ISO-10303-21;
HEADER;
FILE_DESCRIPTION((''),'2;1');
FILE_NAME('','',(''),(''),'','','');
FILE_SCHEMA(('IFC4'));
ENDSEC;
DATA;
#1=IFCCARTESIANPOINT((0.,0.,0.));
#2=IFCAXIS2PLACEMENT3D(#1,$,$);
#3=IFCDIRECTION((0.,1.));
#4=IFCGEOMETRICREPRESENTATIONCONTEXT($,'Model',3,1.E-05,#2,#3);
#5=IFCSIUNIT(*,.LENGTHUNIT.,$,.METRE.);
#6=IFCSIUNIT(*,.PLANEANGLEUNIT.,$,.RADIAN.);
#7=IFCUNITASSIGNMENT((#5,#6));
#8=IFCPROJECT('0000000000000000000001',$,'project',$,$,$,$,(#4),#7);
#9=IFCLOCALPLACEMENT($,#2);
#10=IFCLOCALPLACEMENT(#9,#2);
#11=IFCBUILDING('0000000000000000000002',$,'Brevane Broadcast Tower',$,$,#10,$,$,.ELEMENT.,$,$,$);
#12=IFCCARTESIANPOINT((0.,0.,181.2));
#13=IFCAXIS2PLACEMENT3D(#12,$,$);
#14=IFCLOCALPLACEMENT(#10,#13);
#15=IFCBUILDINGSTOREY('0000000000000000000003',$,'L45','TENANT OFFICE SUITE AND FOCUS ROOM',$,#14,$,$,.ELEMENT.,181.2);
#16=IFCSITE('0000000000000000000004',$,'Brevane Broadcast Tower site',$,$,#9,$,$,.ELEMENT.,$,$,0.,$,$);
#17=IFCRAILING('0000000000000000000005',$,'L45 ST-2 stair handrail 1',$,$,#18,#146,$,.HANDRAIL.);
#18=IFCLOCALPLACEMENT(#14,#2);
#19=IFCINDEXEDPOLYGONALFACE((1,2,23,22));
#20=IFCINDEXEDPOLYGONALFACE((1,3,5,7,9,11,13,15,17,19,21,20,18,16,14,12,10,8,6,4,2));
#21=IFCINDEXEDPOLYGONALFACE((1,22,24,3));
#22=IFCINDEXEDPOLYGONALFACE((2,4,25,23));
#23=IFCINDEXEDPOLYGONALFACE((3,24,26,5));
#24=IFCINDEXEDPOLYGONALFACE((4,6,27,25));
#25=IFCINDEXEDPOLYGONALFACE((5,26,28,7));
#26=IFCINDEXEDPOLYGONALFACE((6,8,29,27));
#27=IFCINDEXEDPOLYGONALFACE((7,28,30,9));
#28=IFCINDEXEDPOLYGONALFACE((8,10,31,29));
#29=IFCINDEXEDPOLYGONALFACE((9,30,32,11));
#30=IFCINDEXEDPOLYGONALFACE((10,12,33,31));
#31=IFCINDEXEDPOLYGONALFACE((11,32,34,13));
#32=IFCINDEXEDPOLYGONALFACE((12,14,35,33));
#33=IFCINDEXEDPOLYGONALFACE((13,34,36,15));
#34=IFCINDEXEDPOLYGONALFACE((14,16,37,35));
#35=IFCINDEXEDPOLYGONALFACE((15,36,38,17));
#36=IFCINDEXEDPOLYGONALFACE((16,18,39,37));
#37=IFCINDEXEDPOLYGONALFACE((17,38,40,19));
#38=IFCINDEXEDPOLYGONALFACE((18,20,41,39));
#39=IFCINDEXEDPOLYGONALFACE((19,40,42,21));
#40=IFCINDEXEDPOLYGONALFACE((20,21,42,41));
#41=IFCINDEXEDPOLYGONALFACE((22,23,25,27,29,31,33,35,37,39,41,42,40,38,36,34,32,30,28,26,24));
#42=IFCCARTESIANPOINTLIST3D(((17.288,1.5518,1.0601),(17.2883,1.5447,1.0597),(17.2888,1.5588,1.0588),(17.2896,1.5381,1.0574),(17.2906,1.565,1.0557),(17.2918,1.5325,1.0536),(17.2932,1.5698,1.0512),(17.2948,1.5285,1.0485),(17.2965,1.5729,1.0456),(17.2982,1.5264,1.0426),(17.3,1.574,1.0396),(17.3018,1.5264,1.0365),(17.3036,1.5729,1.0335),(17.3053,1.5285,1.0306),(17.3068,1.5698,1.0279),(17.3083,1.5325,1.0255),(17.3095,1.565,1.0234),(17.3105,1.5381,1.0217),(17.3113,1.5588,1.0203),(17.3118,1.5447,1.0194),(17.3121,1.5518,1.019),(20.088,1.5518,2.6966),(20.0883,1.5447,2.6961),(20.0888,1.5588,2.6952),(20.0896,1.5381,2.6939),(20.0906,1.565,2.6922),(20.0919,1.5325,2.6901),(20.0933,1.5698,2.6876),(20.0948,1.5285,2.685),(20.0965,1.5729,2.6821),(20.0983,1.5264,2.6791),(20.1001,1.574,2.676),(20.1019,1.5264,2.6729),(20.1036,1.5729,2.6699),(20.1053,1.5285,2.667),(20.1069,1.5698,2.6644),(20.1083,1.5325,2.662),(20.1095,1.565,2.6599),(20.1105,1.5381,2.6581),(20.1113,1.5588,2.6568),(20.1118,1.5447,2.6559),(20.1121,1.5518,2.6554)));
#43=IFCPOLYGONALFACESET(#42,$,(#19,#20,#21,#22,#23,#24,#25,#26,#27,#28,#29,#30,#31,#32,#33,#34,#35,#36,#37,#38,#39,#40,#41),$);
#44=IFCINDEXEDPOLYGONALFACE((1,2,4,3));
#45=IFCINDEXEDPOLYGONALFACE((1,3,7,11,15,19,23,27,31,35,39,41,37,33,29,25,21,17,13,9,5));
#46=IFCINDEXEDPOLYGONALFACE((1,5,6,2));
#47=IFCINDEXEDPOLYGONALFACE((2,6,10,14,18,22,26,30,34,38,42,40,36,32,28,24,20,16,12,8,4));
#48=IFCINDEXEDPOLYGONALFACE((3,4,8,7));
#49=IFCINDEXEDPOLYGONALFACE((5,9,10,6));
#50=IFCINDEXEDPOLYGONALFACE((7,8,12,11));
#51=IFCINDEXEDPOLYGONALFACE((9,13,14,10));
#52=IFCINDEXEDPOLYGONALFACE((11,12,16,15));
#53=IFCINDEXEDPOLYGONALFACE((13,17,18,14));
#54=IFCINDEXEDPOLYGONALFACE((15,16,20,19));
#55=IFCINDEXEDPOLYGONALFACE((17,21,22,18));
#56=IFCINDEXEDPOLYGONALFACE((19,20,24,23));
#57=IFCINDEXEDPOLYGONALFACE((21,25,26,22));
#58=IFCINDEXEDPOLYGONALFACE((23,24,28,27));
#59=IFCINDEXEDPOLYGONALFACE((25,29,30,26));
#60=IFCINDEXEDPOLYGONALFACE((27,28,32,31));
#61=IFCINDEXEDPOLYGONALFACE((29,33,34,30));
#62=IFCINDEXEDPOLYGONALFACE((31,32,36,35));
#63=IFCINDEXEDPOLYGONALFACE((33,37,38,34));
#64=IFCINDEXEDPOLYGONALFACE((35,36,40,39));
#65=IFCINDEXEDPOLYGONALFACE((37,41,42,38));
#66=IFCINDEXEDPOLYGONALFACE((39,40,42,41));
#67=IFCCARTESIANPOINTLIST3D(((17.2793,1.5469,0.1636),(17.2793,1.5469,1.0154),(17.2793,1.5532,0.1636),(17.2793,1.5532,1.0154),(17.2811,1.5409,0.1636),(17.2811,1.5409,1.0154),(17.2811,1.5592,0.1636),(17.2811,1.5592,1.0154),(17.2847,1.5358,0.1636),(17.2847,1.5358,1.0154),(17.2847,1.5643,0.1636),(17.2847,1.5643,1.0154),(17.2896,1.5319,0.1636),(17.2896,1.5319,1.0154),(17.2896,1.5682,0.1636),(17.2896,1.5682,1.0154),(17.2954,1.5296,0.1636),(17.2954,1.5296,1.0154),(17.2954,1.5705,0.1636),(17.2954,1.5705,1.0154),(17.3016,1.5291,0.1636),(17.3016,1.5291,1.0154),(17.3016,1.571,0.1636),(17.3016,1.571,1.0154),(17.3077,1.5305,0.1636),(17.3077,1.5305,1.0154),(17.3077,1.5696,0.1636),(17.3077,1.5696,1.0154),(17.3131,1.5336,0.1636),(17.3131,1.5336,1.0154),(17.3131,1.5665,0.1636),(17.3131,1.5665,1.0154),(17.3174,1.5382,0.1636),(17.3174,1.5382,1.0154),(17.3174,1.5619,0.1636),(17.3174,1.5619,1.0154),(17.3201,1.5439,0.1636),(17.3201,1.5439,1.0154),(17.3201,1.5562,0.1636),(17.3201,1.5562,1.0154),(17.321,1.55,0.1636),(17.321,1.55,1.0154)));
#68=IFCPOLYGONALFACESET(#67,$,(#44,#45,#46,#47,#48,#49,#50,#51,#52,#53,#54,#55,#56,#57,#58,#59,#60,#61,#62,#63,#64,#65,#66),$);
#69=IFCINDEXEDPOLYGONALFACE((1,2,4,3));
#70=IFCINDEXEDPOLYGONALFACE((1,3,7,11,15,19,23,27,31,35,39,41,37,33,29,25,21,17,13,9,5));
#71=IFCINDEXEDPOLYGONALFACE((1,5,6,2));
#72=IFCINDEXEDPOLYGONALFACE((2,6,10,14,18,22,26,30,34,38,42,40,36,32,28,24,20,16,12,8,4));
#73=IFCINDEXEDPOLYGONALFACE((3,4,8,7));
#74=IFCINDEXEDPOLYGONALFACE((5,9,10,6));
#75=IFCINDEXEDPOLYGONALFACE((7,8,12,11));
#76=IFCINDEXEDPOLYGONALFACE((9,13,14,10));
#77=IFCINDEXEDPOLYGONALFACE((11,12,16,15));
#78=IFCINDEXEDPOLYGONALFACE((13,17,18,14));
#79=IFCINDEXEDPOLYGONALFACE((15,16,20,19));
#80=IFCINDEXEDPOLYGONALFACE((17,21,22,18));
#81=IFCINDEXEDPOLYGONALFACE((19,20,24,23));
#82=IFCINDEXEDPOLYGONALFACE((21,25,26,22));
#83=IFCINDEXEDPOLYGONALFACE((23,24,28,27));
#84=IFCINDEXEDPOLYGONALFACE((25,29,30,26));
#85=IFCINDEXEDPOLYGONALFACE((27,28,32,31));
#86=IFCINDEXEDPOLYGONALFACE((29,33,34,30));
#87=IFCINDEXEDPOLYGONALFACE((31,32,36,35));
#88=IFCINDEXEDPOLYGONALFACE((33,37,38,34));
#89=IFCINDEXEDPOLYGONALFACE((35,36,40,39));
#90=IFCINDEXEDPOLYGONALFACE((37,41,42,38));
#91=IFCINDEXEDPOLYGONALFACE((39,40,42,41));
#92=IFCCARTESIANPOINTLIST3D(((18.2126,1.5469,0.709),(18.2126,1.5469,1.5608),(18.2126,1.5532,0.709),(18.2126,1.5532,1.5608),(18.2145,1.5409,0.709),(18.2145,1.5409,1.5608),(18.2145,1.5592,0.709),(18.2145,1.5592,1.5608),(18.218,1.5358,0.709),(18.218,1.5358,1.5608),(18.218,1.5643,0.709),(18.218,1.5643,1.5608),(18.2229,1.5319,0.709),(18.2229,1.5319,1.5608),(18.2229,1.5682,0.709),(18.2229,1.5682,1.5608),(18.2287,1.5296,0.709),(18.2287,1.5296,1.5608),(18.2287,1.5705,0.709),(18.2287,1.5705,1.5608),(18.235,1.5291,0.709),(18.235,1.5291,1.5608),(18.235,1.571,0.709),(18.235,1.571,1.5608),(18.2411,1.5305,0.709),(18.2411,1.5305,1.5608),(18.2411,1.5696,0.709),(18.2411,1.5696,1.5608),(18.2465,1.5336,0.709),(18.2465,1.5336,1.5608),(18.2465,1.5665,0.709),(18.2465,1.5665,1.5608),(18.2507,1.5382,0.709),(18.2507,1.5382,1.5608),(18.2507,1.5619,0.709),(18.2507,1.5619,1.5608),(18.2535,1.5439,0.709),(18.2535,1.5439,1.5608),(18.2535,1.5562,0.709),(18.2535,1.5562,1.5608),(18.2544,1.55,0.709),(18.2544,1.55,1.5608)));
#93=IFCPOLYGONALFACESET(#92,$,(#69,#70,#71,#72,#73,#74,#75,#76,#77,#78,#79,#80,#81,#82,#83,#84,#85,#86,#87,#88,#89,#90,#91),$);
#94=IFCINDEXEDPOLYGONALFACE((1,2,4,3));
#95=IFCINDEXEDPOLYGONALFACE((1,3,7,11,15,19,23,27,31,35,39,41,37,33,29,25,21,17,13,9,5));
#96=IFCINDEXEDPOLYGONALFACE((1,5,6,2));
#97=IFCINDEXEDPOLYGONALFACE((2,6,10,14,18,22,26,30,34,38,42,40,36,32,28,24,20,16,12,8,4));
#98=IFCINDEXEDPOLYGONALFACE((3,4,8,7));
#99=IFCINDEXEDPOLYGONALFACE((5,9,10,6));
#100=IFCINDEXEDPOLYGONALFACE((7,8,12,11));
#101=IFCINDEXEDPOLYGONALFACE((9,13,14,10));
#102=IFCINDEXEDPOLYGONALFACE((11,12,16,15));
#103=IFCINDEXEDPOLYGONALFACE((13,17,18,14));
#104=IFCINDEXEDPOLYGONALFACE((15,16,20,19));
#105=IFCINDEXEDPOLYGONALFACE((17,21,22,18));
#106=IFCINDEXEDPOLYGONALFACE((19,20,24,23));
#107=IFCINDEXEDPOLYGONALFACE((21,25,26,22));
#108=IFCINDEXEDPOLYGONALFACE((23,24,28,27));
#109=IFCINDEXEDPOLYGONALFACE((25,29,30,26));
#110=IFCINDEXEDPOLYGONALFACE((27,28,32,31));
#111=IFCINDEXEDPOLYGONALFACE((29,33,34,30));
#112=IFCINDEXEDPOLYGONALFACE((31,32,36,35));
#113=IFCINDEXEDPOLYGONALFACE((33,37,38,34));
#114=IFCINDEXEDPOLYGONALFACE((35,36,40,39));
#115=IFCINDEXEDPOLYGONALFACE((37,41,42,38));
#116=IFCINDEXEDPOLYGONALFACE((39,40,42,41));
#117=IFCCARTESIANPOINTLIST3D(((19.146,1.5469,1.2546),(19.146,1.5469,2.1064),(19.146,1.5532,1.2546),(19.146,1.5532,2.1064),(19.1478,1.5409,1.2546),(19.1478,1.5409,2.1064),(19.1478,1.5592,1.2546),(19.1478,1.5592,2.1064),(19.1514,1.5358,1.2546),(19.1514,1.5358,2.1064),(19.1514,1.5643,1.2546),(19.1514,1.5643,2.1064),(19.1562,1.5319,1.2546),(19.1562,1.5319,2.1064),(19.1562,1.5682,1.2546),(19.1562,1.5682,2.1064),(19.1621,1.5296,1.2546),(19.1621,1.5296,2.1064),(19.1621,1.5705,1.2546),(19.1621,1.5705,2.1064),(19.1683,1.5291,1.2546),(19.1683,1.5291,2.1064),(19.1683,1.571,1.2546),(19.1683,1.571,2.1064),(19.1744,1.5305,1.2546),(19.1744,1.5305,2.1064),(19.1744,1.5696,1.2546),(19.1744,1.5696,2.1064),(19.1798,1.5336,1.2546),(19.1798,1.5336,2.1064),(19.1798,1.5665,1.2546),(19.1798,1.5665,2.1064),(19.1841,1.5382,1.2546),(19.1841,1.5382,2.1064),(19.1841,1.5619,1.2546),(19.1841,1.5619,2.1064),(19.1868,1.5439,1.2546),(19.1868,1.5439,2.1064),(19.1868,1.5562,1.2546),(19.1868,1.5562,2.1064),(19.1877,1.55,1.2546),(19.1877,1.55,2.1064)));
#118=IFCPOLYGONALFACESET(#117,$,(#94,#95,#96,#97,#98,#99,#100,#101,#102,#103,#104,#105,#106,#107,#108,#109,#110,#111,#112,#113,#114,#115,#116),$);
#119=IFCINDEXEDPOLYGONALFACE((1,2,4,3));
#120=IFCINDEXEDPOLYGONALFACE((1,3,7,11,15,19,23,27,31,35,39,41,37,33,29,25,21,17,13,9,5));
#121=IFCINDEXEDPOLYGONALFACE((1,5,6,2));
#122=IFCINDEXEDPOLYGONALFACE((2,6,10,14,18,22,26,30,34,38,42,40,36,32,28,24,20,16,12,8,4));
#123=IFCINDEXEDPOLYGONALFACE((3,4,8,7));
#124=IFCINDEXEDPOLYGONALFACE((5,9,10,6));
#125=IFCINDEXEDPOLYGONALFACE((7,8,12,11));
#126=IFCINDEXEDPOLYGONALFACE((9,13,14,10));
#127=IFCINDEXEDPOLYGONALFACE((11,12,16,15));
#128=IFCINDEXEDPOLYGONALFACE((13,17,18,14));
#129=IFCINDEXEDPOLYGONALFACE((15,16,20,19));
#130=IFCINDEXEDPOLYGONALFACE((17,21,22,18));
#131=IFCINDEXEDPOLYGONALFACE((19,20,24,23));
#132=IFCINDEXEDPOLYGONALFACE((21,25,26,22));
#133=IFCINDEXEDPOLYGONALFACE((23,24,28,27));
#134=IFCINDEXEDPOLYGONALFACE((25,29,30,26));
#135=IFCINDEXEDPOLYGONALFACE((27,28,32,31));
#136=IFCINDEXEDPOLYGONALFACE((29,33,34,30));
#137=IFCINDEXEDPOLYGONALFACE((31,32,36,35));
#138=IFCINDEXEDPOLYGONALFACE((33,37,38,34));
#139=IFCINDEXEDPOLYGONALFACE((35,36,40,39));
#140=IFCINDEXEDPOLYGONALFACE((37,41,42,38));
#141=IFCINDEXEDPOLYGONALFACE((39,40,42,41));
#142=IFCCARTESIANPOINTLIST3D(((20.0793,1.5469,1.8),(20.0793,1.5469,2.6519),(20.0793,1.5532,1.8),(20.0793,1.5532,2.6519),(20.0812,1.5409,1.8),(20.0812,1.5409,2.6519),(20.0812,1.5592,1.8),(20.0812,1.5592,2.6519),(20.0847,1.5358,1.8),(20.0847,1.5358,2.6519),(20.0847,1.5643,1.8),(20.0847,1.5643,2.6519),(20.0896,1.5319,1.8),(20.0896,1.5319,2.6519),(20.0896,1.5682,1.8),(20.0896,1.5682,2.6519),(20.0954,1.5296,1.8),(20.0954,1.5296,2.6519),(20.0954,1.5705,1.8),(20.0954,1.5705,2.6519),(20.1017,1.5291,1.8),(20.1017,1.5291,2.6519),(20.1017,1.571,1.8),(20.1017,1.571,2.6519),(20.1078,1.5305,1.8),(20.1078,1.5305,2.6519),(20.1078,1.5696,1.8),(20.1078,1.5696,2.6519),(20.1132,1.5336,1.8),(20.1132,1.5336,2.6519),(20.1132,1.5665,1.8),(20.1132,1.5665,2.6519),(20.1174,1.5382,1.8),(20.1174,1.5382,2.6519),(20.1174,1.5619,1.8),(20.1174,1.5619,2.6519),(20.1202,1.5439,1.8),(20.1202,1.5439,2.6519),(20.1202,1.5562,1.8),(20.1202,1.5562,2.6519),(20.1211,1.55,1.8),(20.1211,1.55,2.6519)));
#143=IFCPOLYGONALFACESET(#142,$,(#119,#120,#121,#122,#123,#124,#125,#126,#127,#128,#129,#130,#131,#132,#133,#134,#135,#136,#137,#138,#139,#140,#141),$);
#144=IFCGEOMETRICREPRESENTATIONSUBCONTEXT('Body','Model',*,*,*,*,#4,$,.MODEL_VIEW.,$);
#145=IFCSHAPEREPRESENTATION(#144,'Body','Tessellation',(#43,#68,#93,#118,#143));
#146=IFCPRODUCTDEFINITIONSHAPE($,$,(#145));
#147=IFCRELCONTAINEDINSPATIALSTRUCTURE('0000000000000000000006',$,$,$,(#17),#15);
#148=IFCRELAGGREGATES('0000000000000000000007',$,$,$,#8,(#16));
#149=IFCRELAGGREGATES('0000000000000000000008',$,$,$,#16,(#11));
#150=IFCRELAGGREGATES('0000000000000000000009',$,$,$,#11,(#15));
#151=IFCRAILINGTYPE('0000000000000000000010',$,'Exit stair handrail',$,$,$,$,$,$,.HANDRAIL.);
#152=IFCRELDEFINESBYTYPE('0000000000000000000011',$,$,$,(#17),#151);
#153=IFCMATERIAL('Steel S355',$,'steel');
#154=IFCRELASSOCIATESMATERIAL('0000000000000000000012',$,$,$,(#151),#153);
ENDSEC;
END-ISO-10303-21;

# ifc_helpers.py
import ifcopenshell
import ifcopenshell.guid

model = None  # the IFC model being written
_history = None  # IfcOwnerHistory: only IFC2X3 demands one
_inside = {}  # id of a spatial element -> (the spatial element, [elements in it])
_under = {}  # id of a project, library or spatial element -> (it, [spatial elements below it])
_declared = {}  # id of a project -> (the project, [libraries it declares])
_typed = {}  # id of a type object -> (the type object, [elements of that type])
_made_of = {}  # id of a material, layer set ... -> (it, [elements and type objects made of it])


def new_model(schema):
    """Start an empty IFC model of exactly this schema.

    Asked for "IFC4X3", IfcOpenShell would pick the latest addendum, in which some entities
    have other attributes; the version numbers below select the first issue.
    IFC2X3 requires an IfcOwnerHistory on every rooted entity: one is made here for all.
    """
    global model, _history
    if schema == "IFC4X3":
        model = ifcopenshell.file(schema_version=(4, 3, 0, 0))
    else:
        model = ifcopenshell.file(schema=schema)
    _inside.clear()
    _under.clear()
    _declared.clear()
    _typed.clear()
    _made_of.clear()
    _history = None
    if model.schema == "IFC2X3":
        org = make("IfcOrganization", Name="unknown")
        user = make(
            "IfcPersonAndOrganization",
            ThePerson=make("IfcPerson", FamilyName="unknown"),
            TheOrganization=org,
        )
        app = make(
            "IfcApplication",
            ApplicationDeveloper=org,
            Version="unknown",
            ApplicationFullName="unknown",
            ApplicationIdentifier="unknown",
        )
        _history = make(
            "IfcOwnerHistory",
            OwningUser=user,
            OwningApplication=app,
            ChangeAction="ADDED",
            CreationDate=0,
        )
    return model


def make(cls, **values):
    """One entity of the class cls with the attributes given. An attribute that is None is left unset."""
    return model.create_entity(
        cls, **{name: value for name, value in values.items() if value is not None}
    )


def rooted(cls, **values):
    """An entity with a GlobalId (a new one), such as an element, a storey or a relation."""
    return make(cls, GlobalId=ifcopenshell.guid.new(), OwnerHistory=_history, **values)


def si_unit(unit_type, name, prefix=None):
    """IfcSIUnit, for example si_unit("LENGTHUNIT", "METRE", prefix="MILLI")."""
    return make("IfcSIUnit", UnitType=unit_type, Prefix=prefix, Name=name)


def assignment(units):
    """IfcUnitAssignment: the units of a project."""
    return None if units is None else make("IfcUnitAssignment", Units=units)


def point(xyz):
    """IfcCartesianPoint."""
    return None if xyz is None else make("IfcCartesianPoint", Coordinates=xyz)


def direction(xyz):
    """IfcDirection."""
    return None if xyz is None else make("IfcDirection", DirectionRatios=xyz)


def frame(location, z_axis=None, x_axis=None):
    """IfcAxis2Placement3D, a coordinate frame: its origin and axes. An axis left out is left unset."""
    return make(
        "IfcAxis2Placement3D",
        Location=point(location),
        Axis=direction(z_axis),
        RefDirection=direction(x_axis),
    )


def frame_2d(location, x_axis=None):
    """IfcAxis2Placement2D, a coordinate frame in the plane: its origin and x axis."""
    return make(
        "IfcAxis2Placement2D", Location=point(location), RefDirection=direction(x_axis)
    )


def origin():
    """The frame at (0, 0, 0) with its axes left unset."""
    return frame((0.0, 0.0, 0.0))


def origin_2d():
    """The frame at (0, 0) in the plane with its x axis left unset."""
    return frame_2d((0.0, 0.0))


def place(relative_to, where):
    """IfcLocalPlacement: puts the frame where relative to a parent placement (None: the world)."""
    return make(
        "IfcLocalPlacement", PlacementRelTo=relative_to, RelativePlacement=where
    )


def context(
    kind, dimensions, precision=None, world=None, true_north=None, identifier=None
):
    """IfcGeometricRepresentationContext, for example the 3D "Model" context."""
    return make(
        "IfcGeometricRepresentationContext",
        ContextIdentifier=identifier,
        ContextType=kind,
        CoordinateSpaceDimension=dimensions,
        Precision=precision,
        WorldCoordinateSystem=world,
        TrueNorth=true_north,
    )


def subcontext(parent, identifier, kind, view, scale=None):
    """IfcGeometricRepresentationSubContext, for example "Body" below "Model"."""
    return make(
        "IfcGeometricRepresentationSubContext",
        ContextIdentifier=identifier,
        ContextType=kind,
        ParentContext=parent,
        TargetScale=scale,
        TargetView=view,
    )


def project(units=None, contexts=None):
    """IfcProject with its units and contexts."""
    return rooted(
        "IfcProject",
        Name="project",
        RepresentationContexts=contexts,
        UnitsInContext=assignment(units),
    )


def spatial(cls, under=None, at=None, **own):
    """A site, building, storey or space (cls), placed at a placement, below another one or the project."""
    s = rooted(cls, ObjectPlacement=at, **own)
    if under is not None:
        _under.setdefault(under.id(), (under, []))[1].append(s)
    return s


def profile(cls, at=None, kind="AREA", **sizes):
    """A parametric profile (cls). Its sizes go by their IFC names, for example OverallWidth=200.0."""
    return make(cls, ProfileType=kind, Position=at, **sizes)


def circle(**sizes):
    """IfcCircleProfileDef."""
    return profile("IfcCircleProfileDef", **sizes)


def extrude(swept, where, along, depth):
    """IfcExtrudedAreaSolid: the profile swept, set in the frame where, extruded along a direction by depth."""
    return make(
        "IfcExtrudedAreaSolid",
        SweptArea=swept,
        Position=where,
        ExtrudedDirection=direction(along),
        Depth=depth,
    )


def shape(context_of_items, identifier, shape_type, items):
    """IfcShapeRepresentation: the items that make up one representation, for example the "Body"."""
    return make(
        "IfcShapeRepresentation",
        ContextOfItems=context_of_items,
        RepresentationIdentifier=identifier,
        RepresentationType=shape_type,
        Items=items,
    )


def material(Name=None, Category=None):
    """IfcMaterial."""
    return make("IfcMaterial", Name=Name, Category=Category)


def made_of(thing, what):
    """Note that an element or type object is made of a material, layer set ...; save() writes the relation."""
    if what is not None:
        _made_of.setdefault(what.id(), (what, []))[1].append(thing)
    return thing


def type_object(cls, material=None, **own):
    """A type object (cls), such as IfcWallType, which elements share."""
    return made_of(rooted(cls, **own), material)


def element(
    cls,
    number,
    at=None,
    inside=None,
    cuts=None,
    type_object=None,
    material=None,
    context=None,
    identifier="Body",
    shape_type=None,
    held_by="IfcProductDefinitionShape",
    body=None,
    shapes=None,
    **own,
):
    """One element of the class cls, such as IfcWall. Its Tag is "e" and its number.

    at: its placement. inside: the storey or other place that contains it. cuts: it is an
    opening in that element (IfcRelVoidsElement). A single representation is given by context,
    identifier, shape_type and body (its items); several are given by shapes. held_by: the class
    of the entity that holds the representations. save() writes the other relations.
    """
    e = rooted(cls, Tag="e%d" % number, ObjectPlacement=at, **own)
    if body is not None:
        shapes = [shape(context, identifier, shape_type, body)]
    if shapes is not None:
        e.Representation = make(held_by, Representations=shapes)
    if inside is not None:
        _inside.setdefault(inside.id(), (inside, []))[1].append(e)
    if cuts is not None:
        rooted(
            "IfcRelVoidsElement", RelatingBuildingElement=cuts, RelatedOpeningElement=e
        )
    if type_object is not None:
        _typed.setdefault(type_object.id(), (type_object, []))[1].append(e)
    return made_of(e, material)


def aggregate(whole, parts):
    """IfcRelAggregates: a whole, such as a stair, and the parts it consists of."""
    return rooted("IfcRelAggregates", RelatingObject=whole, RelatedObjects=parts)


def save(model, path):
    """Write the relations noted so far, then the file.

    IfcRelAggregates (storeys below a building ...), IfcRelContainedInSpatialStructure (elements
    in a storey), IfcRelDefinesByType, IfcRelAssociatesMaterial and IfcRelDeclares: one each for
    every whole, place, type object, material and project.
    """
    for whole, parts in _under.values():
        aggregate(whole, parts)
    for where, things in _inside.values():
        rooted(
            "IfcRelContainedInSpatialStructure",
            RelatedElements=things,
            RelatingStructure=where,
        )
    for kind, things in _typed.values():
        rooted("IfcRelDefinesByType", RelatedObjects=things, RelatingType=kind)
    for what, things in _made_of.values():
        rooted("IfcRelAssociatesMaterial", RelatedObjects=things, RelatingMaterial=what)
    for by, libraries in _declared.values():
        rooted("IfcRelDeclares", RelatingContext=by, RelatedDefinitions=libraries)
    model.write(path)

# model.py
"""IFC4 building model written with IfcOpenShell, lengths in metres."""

from ifc_helpers import new_model, si_unit, direction, frame, origin, origin_2d, place, context, subcontext, project, spatial, circle, extrude, material, type_object, element, save


model = new_model("IFC4")

# Units and contexts
model_context = context("Model", 3, precision=1e-05, world=origin(), true_north=direction((0.0, 1.0)))
body_context = subcontext(model_context, "Body", "Model", "MODEL_VIEW")
ifc_project = project(units=[si_unit("LENGTHUNIT", "METRE"), si_unit("PLANEANGLEUNIT", "RADIAN")], contexts=[model_context])

# Site, building, storey
site_placement = place(None, origin())
site = spatial("IfcSite", under=ifc_project, at=site_placement, Name="Brevane Broadcast Tower site", CompositionType="ELEMENT", RefElevation=0.0)
building_placement = place(site_placement, origin())
building = spatial("IfcBuilding", under=site, at=building_placement, Name="Brevane Broadcast Tower", CompositionType="ELEMENT")
storey_placement = place(building_placement, frame((0.0, 0.0, 181.2)))
storey = spatial("IfcBuildingStorey", under=building, at=storey_placement, Name="L45", Description="TENANT OFFICE SUITE AND FOCUS ROOM", CompositionType="ELEMENT", Elevation=181.2)

# Railing
ifc_material_1 = material(Name="Steel S355", Category="steel")
railing_type_1 = type_object("IfcRailingType", Name="Exit stair handrail", PredefinedType="HANDRAIL", material=ifc_material_1)
railing_1_placement = place(storey_placement, frame((17.3, 1.55, 0.1636)))
element("IfcRailing", 1, at=railing_1_placement, inside=storey, type_object=railing_type_1, Name="L45 ST-2 stair handrail 1", PredefinedType="HANDRAIL", context=body_context, shape_type="SweptSolid", body=[
    extrude(circle(Radius=0.0239, at=origin_2d()), frame((0.0, 0.0, 0.876), z_axis=(0.863361, 0.0, 0.504587), x_axis=(0.0, 1.0, 0.0)), (0.0, 0.0, 1.0), 3.2432),
    extrude(circle(Radius=0.021, at=origin_2d()), origin(), (0.0, 0.0, 1.0), 0.8518),
    extrude(circle(Radius=0.021, at=origin_2d()), frame((0.9333, 0.0, 0.5454)), (0.0, 0.0, 1.0), 0.8518),
    extrude(circle(Radius=0.021, at=origin_2d()), frame((1.8667, 0.0, 1.0911)), (0.0, 0.0, 1.0), 0.8518),
    extrude(circle(Radius=0.021, at=origin_2d()), frame((2.8, 0.0, 1.6365)), (0.0, 0.0, 1.0), 0.8518),
])

save(model, "model.ifc")
